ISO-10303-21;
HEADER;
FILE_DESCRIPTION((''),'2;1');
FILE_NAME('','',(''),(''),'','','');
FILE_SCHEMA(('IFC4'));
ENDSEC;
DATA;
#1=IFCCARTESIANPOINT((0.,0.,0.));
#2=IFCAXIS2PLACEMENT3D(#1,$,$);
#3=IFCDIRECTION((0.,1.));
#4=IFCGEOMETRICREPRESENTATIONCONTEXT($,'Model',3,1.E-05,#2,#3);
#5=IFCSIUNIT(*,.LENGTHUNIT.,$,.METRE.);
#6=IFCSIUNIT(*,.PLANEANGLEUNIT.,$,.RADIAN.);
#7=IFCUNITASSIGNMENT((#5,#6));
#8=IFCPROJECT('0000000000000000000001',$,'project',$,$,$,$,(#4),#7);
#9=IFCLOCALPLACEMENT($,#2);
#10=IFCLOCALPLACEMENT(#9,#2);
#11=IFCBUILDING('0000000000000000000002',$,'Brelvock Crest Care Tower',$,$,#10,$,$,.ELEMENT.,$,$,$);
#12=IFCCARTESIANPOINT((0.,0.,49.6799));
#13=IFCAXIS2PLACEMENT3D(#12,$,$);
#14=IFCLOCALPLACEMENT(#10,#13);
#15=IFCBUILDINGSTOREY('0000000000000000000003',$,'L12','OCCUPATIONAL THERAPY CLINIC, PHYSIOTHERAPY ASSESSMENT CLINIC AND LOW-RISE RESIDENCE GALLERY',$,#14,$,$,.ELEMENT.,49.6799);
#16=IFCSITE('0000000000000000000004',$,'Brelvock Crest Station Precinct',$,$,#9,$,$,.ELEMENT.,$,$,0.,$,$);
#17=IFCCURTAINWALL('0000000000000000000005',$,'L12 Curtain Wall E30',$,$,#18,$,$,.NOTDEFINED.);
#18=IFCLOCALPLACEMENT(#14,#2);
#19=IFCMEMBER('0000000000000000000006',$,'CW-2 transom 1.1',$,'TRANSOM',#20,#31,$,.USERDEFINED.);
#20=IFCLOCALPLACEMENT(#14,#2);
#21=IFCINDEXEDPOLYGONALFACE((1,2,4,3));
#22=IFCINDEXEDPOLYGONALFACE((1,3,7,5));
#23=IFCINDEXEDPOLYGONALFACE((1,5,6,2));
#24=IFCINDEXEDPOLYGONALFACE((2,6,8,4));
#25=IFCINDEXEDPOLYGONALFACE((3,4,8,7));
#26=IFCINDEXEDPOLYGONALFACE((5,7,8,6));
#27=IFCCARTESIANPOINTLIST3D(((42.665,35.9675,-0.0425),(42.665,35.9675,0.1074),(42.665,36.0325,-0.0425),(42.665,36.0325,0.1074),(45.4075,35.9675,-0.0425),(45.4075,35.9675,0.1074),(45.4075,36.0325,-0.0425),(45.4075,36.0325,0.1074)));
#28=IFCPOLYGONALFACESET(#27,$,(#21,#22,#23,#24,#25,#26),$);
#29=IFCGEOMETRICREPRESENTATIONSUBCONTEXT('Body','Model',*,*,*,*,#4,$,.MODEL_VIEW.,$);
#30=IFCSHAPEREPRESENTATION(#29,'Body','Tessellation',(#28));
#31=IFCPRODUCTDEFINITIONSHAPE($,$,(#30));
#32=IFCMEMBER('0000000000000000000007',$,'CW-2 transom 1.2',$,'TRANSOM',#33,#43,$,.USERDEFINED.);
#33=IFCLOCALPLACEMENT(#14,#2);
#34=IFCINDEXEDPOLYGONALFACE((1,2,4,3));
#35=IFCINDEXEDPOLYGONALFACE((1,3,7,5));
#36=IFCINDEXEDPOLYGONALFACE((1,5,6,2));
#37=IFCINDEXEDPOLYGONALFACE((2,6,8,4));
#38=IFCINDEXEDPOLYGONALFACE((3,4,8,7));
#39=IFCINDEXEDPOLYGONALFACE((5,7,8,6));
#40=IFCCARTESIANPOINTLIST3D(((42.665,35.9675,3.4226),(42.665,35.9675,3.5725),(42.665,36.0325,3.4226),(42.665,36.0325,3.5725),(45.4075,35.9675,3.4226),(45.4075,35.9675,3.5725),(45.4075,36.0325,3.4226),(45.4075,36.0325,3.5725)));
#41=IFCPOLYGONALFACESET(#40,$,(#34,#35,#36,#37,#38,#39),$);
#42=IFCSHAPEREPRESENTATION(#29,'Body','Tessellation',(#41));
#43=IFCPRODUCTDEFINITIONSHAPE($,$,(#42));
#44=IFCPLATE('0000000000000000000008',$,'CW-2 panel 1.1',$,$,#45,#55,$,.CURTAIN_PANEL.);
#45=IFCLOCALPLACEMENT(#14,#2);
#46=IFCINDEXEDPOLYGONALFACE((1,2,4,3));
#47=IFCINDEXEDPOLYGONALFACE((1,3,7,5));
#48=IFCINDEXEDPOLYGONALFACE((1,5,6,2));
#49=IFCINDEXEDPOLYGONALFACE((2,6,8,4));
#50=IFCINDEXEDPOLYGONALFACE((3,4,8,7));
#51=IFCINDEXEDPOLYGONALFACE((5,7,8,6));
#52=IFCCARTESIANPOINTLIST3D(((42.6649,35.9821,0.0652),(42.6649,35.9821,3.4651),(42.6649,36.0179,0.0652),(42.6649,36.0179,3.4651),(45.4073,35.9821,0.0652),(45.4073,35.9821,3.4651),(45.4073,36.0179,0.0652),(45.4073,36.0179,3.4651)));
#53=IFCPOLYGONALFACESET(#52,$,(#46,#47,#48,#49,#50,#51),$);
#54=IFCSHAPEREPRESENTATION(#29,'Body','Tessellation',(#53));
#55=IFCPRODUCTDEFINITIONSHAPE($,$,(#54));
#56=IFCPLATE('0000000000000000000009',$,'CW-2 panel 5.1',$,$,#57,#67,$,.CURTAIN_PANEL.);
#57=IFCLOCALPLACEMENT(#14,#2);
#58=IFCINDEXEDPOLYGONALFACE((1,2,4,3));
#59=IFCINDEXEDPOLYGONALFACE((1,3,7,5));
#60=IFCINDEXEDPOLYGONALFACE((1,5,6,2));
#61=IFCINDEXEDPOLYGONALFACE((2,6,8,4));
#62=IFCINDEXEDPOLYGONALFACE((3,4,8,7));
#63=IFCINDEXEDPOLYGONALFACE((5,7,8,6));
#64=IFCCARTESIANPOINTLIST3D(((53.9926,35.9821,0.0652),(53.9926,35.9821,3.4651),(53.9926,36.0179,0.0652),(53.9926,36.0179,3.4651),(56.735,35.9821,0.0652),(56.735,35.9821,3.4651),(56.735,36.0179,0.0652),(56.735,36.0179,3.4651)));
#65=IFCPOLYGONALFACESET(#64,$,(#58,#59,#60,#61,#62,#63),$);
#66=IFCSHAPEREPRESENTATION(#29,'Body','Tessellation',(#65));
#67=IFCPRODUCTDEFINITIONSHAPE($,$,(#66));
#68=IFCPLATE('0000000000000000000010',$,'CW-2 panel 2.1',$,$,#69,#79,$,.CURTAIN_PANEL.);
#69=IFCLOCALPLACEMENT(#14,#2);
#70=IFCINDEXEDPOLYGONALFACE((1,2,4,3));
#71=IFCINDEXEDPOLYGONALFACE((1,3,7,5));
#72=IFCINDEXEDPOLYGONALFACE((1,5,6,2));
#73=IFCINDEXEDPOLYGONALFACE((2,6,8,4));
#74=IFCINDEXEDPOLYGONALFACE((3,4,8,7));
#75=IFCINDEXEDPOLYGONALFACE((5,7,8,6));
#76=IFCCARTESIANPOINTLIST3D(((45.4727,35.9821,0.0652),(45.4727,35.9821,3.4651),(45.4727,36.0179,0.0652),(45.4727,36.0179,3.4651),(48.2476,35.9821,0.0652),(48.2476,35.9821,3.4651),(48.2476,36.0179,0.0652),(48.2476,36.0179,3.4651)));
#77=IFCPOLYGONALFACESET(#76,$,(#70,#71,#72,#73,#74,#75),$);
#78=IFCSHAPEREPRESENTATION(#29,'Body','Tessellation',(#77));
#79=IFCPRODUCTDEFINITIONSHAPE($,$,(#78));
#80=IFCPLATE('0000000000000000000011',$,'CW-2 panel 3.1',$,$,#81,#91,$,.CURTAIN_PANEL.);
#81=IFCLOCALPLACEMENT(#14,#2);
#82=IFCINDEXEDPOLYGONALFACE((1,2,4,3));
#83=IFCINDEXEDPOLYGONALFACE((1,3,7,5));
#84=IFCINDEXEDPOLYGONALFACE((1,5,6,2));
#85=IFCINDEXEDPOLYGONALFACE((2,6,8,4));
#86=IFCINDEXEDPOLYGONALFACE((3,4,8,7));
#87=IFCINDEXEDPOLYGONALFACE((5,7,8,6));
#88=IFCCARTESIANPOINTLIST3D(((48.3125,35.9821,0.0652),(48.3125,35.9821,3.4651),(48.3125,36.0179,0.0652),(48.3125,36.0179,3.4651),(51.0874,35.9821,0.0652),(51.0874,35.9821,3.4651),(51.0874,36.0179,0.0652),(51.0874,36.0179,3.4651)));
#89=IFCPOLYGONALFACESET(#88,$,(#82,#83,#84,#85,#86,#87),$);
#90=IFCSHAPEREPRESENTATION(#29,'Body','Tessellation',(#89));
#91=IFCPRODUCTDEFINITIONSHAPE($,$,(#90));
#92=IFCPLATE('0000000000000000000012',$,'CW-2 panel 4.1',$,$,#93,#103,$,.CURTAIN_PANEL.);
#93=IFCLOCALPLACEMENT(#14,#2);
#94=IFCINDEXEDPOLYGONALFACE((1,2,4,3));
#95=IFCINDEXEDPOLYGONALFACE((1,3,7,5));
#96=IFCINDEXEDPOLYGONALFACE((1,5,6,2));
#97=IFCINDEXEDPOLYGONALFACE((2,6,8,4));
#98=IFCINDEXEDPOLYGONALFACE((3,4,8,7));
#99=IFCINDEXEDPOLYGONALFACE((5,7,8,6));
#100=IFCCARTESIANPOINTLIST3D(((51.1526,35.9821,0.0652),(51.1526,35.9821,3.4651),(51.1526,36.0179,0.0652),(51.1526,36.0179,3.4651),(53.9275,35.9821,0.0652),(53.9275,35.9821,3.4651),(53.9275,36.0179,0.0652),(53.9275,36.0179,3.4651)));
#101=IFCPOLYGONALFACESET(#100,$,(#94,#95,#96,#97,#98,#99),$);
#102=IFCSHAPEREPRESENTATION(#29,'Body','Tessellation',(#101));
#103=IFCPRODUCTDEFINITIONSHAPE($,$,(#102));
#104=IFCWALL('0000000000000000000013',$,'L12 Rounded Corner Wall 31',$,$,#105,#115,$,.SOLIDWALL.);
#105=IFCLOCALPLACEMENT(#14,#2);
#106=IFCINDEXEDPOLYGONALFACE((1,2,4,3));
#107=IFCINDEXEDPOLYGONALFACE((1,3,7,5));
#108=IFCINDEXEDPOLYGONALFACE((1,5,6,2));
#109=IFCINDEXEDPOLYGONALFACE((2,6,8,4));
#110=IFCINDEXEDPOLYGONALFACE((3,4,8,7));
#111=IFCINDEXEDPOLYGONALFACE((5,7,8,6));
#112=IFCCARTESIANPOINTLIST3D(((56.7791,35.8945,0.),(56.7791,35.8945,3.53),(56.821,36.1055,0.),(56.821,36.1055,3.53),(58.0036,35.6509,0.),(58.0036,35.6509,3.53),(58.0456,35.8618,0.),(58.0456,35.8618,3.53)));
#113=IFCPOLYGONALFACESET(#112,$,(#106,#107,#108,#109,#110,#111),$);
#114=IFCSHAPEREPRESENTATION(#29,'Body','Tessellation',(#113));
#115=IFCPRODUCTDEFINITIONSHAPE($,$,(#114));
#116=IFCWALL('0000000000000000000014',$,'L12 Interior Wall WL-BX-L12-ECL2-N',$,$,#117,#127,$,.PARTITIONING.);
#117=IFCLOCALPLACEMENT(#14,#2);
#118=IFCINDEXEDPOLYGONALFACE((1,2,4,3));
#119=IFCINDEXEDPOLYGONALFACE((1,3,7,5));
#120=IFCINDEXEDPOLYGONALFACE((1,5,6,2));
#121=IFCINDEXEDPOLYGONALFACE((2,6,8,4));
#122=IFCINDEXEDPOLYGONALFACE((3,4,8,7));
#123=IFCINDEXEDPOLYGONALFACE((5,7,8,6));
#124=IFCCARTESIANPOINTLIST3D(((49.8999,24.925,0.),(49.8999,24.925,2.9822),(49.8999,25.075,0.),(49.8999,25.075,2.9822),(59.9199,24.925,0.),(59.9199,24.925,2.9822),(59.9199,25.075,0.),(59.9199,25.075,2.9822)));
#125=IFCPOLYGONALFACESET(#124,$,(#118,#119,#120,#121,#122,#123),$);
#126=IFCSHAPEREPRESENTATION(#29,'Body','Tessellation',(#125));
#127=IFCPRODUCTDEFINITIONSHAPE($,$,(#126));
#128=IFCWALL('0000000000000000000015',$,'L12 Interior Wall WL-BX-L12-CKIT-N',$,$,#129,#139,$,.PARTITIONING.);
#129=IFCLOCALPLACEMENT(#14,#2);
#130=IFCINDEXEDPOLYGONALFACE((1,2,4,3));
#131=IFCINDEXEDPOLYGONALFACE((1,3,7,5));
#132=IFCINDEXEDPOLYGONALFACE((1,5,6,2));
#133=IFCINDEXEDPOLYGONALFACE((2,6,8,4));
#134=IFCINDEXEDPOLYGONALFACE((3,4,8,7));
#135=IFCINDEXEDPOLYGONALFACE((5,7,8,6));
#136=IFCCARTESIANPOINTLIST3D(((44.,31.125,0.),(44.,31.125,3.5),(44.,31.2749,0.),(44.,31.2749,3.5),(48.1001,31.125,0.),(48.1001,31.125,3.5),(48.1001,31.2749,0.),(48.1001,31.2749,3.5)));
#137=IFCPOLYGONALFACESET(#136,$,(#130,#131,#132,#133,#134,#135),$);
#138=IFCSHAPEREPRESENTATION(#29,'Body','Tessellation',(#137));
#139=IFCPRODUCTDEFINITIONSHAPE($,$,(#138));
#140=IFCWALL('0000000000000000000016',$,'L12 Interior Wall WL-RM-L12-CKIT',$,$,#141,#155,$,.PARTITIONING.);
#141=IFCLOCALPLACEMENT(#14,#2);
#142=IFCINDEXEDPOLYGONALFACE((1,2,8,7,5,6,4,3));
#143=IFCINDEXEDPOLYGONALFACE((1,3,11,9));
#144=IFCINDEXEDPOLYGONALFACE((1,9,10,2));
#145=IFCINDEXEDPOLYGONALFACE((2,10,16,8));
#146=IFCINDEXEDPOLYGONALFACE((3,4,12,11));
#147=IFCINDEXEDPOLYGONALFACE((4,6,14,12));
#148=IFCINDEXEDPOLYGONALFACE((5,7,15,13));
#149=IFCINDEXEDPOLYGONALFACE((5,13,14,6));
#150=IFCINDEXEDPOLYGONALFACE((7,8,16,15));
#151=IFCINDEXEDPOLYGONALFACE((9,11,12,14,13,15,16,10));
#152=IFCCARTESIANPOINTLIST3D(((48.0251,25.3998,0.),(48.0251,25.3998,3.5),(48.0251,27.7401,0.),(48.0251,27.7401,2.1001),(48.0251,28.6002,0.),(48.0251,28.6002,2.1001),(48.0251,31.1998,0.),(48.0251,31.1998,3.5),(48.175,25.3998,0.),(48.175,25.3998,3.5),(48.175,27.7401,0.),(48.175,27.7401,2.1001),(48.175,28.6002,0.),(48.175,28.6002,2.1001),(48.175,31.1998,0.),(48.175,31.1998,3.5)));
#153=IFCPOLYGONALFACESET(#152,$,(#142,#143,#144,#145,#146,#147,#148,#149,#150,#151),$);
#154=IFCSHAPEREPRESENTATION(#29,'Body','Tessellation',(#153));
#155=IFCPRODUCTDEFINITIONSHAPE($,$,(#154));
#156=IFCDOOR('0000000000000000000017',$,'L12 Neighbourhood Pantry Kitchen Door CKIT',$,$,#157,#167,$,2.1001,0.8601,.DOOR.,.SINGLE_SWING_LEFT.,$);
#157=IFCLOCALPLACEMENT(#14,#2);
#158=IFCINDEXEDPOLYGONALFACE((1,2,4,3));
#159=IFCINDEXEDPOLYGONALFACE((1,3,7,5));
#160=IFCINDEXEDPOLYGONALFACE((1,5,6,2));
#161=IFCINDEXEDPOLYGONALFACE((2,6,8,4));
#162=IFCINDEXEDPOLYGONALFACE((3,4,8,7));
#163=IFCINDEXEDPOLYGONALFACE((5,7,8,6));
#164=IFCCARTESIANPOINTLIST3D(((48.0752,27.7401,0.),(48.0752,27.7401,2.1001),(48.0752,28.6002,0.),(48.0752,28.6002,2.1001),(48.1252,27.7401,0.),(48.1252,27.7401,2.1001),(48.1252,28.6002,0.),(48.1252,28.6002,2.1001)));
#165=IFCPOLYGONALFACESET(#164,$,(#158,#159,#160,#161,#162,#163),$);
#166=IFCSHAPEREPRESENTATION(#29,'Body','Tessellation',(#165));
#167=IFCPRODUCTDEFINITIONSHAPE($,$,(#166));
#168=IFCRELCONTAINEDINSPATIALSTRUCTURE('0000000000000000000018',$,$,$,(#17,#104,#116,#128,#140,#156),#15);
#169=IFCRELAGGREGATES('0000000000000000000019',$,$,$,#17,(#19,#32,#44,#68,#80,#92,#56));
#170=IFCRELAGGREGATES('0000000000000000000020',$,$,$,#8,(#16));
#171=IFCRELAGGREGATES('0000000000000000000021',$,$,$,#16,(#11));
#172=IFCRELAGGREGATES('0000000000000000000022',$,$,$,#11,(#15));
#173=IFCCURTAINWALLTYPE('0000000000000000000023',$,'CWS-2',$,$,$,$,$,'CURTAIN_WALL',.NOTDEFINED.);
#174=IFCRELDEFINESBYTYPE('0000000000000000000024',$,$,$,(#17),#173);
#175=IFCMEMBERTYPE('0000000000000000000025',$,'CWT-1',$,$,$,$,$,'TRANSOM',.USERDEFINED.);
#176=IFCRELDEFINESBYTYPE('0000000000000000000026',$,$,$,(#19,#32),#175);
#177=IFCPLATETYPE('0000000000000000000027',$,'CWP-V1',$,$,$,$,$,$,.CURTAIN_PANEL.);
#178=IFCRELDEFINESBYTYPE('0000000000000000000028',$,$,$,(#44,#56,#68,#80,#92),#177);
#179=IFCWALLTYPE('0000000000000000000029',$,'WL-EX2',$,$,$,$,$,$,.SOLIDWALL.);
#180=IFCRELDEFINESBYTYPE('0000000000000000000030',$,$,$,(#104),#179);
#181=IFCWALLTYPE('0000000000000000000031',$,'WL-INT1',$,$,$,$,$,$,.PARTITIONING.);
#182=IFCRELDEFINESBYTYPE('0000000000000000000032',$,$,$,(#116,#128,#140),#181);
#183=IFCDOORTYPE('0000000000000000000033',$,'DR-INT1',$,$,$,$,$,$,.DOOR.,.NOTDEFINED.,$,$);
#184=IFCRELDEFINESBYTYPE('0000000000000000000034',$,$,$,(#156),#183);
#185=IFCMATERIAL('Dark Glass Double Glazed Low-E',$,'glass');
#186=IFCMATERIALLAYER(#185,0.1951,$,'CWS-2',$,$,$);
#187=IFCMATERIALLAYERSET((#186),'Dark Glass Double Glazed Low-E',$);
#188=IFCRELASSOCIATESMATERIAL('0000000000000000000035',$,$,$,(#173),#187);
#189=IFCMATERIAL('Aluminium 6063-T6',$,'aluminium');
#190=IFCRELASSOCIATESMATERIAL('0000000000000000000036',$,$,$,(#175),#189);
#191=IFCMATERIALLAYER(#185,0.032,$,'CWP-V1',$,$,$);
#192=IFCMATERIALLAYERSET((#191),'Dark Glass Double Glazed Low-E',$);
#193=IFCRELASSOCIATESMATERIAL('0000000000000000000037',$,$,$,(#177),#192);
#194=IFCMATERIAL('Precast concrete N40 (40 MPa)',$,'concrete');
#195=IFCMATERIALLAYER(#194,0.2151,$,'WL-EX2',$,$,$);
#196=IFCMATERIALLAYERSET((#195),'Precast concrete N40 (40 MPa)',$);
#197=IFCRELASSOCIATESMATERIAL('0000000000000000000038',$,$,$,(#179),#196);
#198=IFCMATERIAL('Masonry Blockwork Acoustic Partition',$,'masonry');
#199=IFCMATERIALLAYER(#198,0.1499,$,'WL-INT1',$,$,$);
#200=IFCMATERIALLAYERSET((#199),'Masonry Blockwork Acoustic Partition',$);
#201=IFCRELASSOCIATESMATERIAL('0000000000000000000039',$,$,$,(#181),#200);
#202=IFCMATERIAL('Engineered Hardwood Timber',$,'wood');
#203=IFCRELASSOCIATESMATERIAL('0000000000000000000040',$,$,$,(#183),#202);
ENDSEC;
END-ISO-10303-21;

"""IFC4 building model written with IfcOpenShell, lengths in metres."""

from ifc_helpers import new_model, si_unit, direction, frame, frame_2d, origin, origin_2d, place, context, subcontext, project, spatial, rectangle, extrude, source, transform, mapped, material, layer, layer_set, material_profile, profile_set, type_object, element, fill, aggregate, save


model = new_model("IFC4")

# Units and contexts
model_context = context("Model", 3, precision=1e-05, world=origin(), true_north=direction((0.0, 1.0)))
body_context = subcontext(model_context, "Body", "Model", "MODEL_VIEW")
ifc_project = project(units=[si_unit("LENGTHUNIT", "METRE"), si_unit("PLANEANGLEUNIT", "RADIAN")], contexts=[model_context])

# Site, building, storey
site_placement = place(None, origin())
site = spatial("IfcSite", under=ifc_project, at=site_placement, Name="Brelvock Crest Station Precinct", CompositionType="ELEMENT", RefElevation=0.0)
building_placement = place(site_placement, origin())
building = spatial("IfcBuilding", under=site, at=building_placement, Name="Brelvock Crest Care Tower", CompositionType="ELEMENT")
storey_placement = place(building_placement, frame((0.0, 0.0, 49.6799)))
storey = spatial("IfcBuildingStorey", under=building, at=storey_placement, Name="L12", Description="OCCUPATIONAL THERAPY CLINIC, PHYSIOTHERAPY ASSESSMENT CLINIC AND LOW-RISE RESIDENCE GALLERY", CompositionType="ELEMENT", Elevation=49.6799)

# Curtain wall, members, plates
ifc_material_1 = material(Name="Dark Glass Double Glazed Low-E", Category="glass")
ifc_layer_1 = layer(ifc_material_1, 0.1951, Name="CWS-2")
ifc_layer_set_1 = layer_set([ifc_layer_1], Name="Dark Glass Double Glazed Low-E")
curtain_wall_type = type_object("IfcCurtainWallType", Name="CWS-2", ElementType="CURTAIN_WALL", PredefinedType="NOTDEFINED", material=ifc_layer_set_1)
curtain_wall_placement = place(storey_placement, origin())
curtain_wall = element("IfcCurtainWall", 1, at=curtain_wall_placement, inside=storey, type_object=curtain_wall_type, Name="L12 Curtain Wall E30", PredefinedType="NOTDEFINED")
ifc_material_2 = material(Name="Aluminium 6063-T6", Category="aluminium")
ifc_material_profile_1 = material_profile(ifc_material_2, rectangle(XDim=0.0649, YDim=0.1499, at=origin_2d()), Name="ALU65x150")
ifc_profile_set_1 = profile_set([ifc_material_profile_1], Name="Aluminium 6063-T6")
member_type_1 = type_object("IfcMemberType", Name="CWT-1", ElementType="TRANSOM", PredefinedType="USERDEFINED", material=ifc_profile_set_1)
shared_shape_1 = source(origin(), body_context, "Body", "SweptSolid", [
    extrude(rectangle(XDim=0.0649, YDim=0.1499, at=origin_2d()), origin(), (0.0, 0.0, 1.0), 2.7424),
])
member_1_placement = place(storey_placement, frame((42.665, 36.0, 0.0325), z_axis=(1.0, 0.0, 0.0), x_axis=(0.0, 1.0, 0.0)))
member_1 = element("IfcMember", 2, at=member_1_placement, type_object=member_type_1, Name="CW-2 transom 1.1", ObjectType="TRANSOM", PredefinedType="USERDEFINED", context=body_context, shape_type="MappedRepresentation", body=[
    mapped(shared_shape_1, transform((0.0, 0.0, 0.0), x_axis=(1.0, 0.0, 0.0), y_axis=(0.0, 1.0, 0.0), z_axis=(0.0, 0.0, 1.0), scale=1.0)),
])
member_2_placement = place(storey_placement, frame((42.665, 36.0, 3.4976), z_axis=(1.0, 0.0, 0.0), x_axis=(0.0, 1.0, 0.0)))
member_2 = element("IfcMember", 3, at=member_2_placement, type_object=member_type_1, Name="CW-2 transom 1.2", ObjectType="TRANSOM", PredefinedType="USERDEFINED", context=body_context, shape_type="MappedRepresentation", body=[
    mapped(shared_shape_1, transform((0.0, 0.0, 0.0), x_axis=(1.0, 0.0, 0.0), y_axis=(0.0, 1.0, 0.0), z_axis=(0.0, 0.0, 1.0), scale=1.0)),
])
ifc_layer_2 = layer(ifc_material_1, 0.032, Name="CWP-V1")
ifc_layer_set_2 = layer_set([ifc_layer_2], Name="Dark Glass Double Glazed Low-E")
plate_type = type_object("IfcPlateType", Name="CWP-V1", PredefinedType="CURTAIN_PANEL", material=ifc_layer_set_2)
shared_shape_2 = source(origin(), body_context, "Body", "SweptSolid", [
    extrude(rectangle(XDim=2.7424, YDim=0.0359, at=origin_2d()), origin(), (0.0, 0.0, 1.0), 3.3999),
])
plate_1_placement = place(storey_placement, frame((44.0361, 36.0, 0.0652), z_axis=(0.0, 0.0, 1.0), x_axis=(1.0, 0.0, 0.0)))
plate_1 = element("IfcPlate", 4, at=plate_1_placement, type_object=plate_type, Name="CW-2 panel 1.1", PredefinedType="CURTAIN_PANEL", context=body_context, shape_type="MappedRepresentation", body=[
    mapped(shared_shape_2, transform((0.0, 0.0, 0.0), x_axis=(1.0, 0.0, 0.0), y_axis=(0.0, 1.0, 0.0), z_axis=(0.0, 0.0, 1.0), scale=1.0)),
])
plate_2_placement = place(storey_placement, frame((55.3638, 36.0, 0.0652), z_axis=(0.0, 0.0, 1.0), x_axis=(1.0, 0.0, 0.0)))
plate_2 = element("IfcPlate", 5, at=plate_2_placement, type_object=plate_type, Name="CW-2 panel 5.1", PredefinedType="CURTAIN_PANEL", context=body_context, shape_type="MappedRepresentation", body=[
    mapped(shared_shape_2, transform((0.0, 0.0, 0.0), x_axis=(1.0, 0.0, 0.0), y_axis=(0.0, 1.0, 0.0), z_axis=(0.0, 0.0, 1.0), scale=1.0)),
])
shared_shape_3 = source(origin(), body_context, "Body", "SweptSolid", [
    extrude(rectangle(XDim=2.7749, YDim=0.0359, at=origin_2d()), origin(), (0.0, 0.0, 1.0), 3.3999),
])
plate_3_placement = place(storey_placement, frame((46.8601, 36.0, 0.0652), z_axis=(0.0, 0.0, 1.0), x_axis=(1.0, 0.0, 0.0)))
plate_3 = element("IfcPlate", 6, at=plate_3_placement, type_object=plate_type, Name="CW-2 panel 2.1", PredefinedType="CURTAIN_PANEL", context=body_context, shape_type="MappedRepresentation", body=[
    mapped(shared_shape_3, transform((0.0, 0.0, 0.0), x_axis=(1.0, 0.0, 0.0), y_axis=(0.0, 1.0, 0.0), z_axis=(0.0, 0.0, 1.0), scale=1.0)),
])
plate_4_placement = place(storey_placement, frame((49.7, 36.0, 0.0652), z_axis=(0.0, 0.0, 1.0), x_axis=(1.0, 0.0, 0.0)))
plate_4 = element("IfcPlate", 7, at=plate_4_placement, type_object=plate_type, Name="CW-2 panel 3.1", PredefinedType="CURTAIN_PANEL", context=body_context, shape_type="MappedRepresentation", body=[
    mapped(shared_shape_3, transform((0.0, 0.0, 0.0), x_axis=(1.0, 0.0, 0.0), y_axis=(0.0, 1.0, 0.0), z_axis=(0.0, 0.0, 1.0), scale=1.0)),
])
plate_5_placement = place(storey_placement, frame((52.54, 36.0, 0.0652), z_axis=(0.0, 0.0, 1.0), x_axis=(1.0, 0.0, 0.0)))
plate_5 = element("IfcPlate", 8, at=plate_5_placement, type_object=plate_type, Name="CW-2 panel 4.1", PredefinedType="CURTAIN_PANEL", context=body_context, shape_type="MappedRepresentation", body=[
    mapped(shared_shape_3, transform((0.0, 0.0, 0.0), x_axis=(1.0, 0.0, 0.0), y_axis=(0.0, 1.0, 0.0), z_axis=(0.0, 0.0, 1.0), scale=1.0)),
])
aggregate(curtain_wall, [member_1, member_2, plate_1, plate_3, plate_4, plate_5, plate_2])

# Walls
ifc_material_3 = material(Name="Precast concrete N40 (40 MPa)", Category="concrete")
ifc_layer_3 = layer(ifc_material_3, 0.2151, Name="WL-EX2")
ifc_layer_set_3 = layer_set([ifc_layer_3], Name="Precast concrete N40 (40 MPa)")
wall_type_1 = type_object("IfcWallType", Name="WL-EX2", PredefinedType="SOLIDWALL", material=ifc_layer_set_3)
wall_1_placement = place(storey_placement, frame((56.8, 36.0, 0.0), z_axis=(0.0, 0.0, 1.0), x_axis=(0.980776, -0.195138, 0.0)))
element("IfcWall", 9, at=wall_1_placement, inside=storey, type_object=wall_type_1, Name="L12 Rounded Corner Wall 31", PredefinedType="SOLIDWALL", context=body_context, shape_type="SweptSolid", body=[
    extrude(rectangle(XDim=1.2485, YDim=0.2151, at=frame_2d((0.6243, 0.0))), origin(), (0.0, 0.0, 1.0), 3.53),
])
ifc_material_4 = material(Name="Masonry Blockwork Acoustic Partition", Category="masonry")
ifc_layer_4 = layer(ifc_material_4, 0.1499, Name="WL-INT1")
ifc_layer_set_4 = layer_set([ifc_layer_4], Name="Masonry Blockwork Acoustic Partition")
wall_type_2 = type_object("IfcWallType", Name="WL-INT1", PredefinedType="PARTITIONING", material=ifc_layer_set_4)
wall_2_placement = place(storey_placement, frame((49.8999, 25.0, 0.0), z_axis=(0.0, 0.0, 1.0), x_axis=(1.0, 0.0, 0.0)))
element("IfcWall", 10, at=wall_2_placement, inside=storey, type_object=wall_type_2, Name="L12 Interior Wall WL-BX-L12-ECL2-N", PredefinedType="PARTITIONING", context=body_context, shape_type="SweptSolid", body=[
    extrude(rectangle(XDim=10.02, YDim=0.1499, at=frame_2d((5.01, 0.0))), origin(), (0.0, 0.0, 1.0), 2.9822),
])
wall_3_placement = place(storey_placement, frame((44.0, 31.2, 0.0), z_axis=(0.0, 0.0, 1.0), x_axis=(1.0, 0.0, 0.0)))
element("IfcWall", 11, at=wall_3_placement, inside=storey, type_object=wall_type_2, Name="L12 Interior Wall WL-BX-L12-CKIT-N", PredefinedType="PARTITIONING", context=body_context, shape_type="SweptSolid", body=[
    extrude(rectangle(XDim=4.1001, YDim=0.1499, at=frame_2d((2.05, 0.0))), origin(), (0.0, 0.0, 1.0), 3.5),
])

# Wall, opening, door
wall_4_placement = place(storey_placement, frame((48.1001, 25.3999, 0.0), z_axis=(0.0, 0.0, 1.0), x_axis=(0.0, 1.0, 0.0)))
wall_4 = element("IfcWall", 12, at=wall_4_placement, inside=storey, type_object=wall_type_2, Name="L12 Interior Wall WL-RM-L12-CKIT", PredefinedType="PARTITIONING", context=body_context, shape_type="SweptSolid", body=[
    extrude(rectangle(XDim=5.8, YDim=0.1499, at=frame_2d((2.8999, 0.0))), origin(), (0.0, 0.0, 1.0), 3.5),
])
opening_1_placement = place(wall_4_placement, frame((2.3401, 0.0, 0.0)))
opening_1 = element("IfcOpeningElement", 13, at=opening_1_placement, cuts=wall_4, PredefinedType="OPENING", context=body_context, shape_type="SweptSolid", body=[
    extrude(rectangle(XDim=0.8601, YDim=2.1001, at=origin_2d()), frame((0.4302, 0.085, 1.05), z_axis=(0.0, -1.0, 0.0), x_axis=(1.0, 0.0, 0.0)), (0.0, 0.0, 1.0), 0.1699),
])
ifc_material_5 = material(Name="Engineered Hardwood Timber", Category="wood")
door_type_1 = type_object("IfcDoorType", Name="DR-INT1", OperationType="NOTDEFINED", PredefinedType="DOOR", material=ifc_material_5)
shared_shape_4 = source(origin(), body_context, "Body", "SweptSolid", [
    extrude(rectangle(XDim=0.8601, YDim=2.1001, at=origin_2d()), frame((0.4302, 0.0249, 1.05), z_axis=(0.0, -1.0, 0.0), x_axis=(1.0, 0.0, 0.0)), (0.0, 0.0, 1.0), 0.05),
])
door_1_placement = place(opening_1_placement, origin())
door_1 = element("IfcDoor", 14, at=door_1_placement, inside=storey, type_object=door_type_1, Name="L12 Neighbourhood Pantry Kitchen Door CKIT", OperationType="SINGLE_SWING_LEFT", OverallHeight=2.1001, OverallWidth=0.8601, PredefinedType="DOOR", context=body_context, shape_type="MappedRepresentation", body=[
    mapped(shared_shape_4, transform((0.0, 0.0, 0.0), x_axis=(1.0, 0.0, 0.0), y_axis=(0.0, 1.0, 0.0), z_axis=(0.0, 0.0, 1.0), scale=1.0)),
])
fill(opening_1, door_1)

save(model, "model.ifc")
